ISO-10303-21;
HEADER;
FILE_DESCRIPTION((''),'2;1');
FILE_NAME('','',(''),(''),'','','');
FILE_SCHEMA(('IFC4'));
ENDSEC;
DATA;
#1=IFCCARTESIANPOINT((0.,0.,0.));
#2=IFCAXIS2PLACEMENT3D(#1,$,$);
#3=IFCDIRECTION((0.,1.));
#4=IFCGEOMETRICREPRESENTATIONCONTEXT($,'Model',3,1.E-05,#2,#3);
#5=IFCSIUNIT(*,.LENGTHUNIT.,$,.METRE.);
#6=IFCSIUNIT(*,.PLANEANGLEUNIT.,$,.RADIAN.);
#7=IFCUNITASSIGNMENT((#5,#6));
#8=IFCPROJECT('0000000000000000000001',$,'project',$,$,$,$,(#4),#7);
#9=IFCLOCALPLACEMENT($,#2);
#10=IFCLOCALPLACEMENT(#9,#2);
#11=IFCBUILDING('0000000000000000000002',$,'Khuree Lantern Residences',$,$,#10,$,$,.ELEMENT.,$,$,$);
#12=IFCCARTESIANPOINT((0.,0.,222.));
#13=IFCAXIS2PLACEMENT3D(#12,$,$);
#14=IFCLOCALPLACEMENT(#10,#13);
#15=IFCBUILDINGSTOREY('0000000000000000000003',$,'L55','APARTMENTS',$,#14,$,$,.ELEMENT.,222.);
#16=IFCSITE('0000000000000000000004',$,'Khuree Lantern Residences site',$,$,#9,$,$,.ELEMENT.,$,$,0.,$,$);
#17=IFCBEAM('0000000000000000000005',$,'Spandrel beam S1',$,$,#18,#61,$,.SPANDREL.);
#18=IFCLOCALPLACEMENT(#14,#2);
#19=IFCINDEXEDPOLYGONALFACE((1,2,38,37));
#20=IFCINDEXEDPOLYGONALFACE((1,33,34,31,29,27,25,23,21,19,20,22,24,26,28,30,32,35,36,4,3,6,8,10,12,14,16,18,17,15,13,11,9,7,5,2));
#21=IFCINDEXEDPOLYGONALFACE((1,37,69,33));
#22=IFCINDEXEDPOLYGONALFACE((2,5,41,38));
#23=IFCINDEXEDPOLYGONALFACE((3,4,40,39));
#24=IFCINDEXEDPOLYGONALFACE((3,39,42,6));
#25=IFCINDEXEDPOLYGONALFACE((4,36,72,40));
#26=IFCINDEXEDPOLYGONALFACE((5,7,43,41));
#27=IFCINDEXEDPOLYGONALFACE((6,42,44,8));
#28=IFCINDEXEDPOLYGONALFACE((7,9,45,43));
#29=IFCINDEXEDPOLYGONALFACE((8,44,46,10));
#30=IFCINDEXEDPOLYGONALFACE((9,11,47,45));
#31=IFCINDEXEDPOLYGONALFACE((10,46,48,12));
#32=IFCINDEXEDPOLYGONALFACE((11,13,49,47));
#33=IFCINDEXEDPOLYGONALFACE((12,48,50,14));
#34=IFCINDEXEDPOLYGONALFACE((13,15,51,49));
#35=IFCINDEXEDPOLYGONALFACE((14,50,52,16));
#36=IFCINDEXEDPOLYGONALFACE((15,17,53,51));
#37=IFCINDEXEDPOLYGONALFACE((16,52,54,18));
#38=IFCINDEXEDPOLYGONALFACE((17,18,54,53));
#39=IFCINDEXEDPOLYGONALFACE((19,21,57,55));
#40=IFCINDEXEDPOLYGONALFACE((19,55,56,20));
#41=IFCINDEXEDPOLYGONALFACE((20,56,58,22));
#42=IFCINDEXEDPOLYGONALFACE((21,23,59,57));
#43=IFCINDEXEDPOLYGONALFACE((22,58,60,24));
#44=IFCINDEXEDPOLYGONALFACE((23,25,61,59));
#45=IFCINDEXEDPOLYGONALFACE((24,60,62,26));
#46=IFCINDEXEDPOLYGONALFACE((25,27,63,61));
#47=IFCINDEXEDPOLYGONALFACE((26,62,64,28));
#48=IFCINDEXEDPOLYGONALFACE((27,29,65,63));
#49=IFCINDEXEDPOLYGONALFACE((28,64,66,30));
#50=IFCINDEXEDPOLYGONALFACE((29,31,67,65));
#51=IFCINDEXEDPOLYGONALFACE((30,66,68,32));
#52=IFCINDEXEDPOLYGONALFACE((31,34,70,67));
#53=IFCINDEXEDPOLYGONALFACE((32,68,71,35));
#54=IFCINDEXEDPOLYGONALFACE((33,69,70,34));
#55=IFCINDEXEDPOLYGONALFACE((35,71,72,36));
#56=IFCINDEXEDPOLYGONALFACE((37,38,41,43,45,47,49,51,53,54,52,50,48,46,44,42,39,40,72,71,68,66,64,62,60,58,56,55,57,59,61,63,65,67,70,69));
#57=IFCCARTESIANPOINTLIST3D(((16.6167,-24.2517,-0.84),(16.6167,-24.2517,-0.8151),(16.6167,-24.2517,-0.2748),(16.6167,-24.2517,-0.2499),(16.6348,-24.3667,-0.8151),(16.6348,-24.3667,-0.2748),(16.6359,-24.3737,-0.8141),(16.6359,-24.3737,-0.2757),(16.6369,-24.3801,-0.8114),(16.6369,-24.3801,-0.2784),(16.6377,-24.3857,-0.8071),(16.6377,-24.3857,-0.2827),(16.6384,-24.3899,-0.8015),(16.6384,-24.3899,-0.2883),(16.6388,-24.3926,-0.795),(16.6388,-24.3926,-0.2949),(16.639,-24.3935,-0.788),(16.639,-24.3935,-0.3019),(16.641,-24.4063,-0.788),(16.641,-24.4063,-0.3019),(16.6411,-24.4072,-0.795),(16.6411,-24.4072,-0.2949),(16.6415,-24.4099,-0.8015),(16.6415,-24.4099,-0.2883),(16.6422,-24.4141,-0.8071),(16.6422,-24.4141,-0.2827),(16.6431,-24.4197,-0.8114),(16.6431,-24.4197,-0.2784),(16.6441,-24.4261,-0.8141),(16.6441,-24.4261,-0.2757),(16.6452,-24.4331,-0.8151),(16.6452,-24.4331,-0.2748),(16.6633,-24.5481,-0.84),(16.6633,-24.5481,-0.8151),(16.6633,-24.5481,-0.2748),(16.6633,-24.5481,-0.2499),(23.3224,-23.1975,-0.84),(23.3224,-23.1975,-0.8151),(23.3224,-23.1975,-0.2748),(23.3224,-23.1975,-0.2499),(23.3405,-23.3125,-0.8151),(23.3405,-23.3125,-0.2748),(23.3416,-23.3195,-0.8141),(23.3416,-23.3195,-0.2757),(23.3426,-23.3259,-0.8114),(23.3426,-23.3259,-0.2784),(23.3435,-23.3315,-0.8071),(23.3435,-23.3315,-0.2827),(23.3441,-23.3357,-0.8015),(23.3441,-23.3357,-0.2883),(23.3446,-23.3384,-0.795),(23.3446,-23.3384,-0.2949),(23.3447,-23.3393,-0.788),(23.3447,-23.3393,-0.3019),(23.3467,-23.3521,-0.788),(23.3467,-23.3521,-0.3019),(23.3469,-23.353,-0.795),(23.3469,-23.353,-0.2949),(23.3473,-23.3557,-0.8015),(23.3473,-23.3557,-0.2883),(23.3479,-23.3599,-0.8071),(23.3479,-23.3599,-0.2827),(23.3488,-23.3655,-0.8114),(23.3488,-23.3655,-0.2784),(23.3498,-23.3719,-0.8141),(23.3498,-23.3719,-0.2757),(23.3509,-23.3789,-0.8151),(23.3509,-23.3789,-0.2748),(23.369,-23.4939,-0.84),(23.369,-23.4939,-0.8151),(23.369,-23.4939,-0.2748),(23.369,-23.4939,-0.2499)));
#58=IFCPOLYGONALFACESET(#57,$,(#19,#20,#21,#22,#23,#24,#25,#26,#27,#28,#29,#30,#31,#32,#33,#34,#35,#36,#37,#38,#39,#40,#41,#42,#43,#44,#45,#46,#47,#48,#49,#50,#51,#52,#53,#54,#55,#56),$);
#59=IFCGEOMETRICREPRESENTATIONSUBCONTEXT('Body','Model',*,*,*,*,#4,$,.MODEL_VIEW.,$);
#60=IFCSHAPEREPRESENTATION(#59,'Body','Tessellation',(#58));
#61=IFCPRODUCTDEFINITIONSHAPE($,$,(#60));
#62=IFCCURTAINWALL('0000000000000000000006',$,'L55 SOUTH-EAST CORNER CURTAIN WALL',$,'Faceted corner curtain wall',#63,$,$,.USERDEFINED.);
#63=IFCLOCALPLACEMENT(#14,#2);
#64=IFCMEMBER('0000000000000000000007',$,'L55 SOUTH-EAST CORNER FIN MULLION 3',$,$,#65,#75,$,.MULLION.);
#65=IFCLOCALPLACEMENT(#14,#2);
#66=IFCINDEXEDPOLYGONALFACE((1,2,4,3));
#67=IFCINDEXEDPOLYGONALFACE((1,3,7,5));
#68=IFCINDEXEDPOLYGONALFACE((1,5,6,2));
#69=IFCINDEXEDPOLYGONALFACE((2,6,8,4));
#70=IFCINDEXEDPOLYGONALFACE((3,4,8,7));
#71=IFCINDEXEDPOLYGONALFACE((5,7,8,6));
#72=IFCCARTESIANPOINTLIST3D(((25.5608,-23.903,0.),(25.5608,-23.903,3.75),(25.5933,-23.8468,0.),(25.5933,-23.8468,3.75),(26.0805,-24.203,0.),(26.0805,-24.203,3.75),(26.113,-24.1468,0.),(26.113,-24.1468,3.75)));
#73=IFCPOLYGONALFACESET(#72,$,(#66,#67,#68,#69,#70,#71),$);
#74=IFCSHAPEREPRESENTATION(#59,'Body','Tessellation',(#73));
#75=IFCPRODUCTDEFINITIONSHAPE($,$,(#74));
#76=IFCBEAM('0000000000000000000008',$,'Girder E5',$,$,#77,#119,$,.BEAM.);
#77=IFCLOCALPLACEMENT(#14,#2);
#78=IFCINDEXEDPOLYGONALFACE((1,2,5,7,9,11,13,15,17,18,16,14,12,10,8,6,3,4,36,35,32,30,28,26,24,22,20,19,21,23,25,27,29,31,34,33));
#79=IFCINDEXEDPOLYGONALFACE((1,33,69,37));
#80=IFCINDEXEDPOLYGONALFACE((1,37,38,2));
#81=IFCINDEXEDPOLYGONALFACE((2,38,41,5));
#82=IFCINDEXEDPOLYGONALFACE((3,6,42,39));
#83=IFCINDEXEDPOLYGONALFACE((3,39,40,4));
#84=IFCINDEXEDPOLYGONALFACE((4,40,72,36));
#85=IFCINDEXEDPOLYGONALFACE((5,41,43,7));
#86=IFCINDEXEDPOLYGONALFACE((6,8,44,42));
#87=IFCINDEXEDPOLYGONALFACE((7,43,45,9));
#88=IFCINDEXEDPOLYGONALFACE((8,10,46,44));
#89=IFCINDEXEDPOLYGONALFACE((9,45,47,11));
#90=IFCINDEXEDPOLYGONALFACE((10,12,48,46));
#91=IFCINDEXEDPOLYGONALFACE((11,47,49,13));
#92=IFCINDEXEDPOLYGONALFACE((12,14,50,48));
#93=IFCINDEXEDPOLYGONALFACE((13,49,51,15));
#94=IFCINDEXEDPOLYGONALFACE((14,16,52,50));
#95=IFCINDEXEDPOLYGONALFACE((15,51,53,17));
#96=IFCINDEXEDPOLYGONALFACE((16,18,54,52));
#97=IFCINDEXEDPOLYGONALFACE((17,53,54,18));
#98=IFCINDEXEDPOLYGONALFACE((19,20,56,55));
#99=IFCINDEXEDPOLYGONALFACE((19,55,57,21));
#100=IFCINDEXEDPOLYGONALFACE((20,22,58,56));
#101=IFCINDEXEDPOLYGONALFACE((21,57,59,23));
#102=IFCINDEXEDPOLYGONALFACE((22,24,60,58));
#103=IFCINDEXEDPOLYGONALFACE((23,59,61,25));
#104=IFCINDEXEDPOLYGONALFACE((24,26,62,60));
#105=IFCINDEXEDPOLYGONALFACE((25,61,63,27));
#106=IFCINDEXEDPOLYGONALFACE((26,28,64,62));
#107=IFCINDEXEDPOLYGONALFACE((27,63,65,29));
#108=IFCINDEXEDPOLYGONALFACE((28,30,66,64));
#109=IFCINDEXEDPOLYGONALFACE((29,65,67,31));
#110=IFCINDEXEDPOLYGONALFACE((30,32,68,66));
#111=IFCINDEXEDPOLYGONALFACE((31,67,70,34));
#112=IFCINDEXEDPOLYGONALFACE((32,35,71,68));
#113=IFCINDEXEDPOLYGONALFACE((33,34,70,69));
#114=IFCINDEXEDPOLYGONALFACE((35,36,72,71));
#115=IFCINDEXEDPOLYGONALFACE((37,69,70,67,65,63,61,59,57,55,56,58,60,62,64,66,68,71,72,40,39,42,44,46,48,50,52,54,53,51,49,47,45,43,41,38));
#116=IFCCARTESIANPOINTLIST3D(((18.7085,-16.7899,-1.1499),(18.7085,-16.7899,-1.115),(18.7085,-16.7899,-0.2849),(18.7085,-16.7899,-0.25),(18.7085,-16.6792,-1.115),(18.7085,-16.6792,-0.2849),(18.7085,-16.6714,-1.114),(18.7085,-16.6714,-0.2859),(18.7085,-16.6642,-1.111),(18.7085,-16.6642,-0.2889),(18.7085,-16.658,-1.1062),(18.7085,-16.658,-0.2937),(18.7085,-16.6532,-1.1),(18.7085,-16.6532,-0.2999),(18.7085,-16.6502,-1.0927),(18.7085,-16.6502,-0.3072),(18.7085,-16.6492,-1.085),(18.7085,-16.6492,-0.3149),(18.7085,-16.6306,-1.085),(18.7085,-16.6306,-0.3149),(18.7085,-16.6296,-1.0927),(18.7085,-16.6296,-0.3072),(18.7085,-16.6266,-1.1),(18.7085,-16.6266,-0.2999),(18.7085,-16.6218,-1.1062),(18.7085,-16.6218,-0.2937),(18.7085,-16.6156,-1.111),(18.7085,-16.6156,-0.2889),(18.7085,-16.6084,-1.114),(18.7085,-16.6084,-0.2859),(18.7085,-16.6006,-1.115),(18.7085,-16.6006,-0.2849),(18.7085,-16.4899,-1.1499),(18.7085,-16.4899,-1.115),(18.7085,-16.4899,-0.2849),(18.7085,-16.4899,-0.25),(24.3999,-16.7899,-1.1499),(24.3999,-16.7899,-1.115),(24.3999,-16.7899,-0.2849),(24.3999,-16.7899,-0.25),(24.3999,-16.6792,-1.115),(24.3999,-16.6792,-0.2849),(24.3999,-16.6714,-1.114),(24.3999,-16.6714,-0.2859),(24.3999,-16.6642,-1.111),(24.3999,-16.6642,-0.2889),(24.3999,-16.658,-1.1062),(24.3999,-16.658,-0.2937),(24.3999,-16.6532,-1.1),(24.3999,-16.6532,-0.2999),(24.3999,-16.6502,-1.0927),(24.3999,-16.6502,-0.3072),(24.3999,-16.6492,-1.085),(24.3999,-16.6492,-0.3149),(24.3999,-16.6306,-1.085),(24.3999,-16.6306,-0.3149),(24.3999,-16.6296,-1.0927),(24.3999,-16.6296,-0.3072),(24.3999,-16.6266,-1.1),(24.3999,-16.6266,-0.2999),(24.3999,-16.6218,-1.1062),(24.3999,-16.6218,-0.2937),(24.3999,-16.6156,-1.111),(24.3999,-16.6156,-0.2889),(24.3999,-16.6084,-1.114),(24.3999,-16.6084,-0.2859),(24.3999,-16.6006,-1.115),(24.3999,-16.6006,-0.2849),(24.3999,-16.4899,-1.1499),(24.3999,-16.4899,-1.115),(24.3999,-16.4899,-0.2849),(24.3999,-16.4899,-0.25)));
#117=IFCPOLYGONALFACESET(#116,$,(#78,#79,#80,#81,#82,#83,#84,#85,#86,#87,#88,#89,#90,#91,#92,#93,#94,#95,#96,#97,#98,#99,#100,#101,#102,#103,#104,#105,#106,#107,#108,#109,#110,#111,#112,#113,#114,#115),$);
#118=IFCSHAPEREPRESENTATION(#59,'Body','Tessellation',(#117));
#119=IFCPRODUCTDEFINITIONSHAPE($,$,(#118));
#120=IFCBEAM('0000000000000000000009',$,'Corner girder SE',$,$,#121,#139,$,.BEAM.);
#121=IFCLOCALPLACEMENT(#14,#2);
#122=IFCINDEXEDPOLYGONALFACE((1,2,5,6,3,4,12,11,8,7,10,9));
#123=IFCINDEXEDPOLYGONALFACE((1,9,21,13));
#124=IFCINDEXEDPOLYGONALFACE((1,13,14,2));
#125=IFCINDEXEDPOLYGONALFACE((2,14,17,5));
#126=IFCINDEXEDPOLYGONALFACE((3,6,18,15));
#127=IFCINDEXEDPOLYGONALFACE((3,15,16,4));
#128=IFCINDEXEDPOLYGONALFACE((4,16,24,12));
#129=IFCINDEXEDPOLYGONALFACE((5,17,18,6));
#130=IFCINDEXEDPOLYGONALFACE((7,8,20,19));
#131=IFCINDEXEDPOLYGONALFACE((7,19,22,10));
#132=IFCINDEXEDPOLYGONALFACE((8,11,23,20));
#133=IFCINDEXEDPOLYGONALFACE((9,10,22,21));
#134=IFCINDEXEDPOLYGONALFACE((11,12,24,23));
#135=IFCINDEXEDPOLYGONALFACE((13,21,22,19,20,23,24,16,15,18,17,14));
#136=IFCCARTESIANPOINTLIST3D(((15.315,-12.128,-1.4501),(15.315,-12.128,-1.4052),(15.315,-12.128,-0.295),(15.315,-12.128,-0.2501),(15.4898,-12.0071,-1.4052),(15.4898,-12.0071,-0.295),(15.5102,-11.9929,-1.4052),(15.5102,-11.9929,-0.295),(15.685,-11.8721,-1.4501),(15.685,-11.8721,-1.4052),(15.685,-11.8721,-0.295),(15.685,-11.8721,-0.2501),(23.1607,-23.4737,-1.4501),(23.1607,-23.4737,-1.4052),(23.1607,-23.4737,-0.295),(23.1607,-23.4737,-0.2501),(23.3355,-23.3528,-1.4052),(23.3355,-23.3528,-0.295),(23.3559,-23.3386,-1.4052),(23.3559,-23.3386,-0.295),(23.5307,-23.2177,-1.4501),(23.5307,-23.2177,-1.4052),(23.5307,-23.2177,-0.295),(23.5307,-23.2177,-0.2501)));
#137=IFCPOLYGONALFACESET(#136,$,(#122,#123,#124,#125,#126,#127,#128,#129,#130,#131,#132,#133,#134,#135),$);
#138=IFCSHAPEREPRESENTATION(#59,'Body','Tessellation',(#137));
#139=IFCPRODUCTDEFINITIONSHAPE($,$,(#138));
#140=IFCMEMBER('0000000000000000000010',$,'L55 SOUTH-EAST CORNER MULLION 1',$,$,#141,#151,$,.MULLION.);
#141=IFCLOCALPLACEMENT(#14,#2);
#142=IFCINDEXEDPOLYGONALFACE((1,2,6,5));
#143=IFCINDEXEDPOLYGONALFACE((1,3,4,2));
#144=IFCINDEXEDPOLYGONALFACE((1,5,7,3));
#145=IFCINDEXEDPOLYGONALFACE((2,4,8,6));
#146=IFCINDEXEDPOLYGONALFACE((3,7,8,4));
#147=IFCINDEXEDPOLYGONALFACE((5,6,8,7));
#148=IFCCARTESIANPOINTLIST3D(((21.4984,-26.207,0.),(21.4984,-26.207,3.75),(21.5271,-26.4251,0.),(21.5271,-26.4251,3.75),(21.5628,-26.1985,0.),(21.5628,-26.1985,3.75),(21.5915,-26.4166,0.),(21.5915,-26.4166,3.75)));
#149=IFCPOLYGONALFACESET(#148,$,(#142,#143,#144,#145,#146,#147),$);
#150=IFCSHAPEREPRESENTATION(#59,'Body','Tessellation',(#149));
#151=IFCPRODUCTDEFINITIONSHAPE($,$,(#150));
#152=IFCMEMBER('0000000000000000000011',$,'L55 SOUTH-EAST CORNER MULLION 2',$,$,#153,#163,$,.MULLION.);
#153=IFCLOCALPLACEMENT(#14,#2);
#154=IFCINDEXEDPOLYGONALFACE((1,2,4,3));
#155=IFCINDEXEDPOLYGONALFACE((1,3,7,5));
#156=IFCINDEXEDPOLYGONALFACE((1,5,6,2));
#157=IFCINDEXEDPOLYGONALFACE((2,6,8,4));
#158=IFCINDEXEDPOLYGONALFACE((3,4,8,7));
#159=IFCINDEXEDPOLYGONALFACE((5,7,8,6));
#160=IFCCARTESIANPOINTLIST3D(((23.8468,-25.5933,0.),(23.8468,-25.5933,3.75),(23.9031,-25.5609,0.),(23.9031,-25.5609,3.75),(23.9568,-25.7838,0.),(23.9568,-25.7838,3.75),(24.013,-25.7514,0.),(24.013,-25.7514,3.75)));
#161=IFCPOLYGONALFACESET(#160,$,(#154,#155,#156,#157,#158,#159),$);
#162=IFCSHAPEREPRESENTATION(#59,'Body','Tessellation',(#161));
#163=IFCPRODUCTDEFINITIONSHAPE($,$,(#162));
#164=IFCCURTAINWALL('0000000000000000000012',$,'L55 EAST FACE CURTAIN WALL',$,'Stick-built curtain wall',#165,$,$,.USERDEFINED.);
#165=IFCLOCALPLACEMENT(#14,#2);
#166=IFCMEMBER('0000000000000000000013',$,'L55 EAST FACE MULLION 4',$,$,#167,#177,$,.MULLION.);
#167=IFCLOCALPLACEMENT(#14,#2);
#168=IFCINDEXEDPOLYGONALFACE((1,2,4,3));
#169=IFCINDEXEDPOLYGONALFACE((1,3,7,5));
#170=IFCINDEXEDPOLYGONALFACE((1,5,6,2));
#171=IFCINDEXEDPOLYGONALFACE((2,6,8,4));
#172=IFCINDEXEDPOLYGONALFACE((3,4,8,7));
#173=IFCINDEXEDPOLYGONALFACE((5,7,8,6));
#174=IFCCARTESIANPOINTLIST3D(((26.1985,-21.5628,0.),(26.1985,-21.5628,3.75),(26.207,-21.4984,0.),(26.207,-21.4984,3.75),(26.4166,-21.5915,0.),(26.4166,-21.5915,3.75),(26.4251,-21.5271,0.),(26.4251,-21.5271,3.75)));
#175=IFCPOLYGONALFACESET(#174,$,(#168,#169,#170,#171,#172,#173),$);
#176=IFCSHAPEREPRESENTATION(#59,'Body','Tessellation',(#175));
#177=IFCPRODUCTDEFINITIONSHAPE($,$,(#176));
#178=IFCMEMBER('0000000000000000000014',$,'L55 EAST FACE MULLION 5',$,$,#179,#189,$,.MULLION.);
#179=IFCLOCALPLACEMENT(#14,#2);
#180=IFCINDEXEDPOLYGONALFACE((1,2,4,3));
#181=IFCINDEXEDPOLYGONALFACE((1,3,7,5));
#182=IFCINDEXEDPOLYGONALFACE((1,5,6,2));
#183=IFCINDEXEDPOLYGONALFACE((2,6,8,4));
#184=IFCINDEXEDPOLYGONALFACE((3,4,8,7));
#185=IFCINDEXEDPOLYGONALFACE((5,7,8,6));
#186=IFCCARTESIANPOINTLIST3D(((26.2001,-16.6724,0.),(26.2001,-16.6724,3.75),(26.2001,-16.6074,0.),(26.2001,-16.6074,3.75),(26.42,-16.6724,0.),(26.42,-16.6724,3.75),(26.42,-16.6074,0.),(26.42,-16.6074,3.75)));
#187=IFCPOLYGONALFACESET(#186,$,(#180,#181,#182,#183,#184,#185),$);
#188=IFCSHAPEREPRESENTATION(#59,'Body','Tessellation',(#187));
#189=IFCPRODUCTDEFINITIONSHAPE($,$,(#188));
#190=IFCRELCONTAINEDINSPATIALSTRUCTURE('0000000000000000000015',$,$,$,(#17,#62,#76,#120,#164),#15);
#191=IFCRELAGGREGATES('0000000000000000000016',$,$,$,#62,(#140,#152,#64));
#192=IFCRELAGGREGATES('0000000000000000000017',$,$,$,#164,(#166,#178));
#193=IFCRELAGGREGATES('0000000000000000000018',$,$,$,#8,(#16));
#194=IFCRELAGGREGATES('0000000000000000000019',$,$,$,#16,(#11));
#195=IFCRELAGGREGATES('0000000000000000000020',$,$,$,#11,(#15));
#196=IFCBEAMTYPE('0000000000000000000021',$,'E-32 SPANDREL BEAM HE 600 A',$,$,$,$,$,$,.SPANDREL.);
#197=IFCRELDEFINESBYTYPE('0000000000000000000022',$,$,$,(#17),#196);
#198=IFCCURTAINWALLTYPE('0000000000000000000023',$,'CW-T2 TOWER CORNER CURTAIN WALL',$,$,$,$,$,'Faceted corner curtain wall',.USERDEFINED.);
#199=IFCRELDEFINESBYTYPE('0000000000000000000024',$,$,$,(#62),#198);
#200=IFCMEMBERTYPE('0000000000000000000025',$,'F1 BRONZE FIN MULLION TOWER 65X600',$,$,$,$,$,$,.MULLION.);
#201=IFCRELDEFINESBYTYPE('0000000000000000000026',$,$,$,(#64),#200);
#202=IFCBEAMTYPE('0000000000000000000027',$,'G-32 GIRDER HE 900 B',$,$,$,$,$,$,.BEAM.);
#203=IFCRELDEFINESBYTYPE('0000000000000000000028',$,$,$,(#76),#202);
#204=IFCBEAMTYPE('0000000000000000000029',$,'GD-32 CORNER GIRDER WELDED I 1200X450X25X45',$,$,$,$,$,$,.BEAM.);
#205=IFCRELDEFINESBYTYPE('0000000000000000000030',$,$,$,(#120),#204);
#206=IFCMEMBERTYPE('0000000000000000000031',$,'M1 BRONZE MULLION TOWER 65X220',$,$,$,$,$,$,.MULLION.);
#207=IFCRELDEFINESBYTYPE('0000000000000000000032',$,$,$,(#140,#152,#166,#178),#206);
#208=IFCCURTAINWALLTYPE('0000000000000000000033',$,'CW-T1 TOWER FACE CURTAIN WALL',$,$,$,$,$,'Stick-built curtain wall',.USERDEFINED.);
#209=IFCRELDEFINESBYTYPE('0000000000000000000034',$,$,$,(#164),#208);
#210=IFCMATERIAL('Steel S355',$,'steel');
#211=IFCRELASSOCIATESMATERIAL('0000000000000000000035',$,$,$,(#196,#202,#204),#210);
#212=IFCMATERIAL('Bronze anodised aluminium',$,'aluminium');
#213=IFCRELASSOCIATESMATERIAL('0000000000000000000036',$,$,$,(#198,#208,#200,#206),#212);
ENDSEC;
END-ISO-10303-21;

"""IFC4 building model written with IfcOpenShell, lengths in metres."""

from ifc_helpers import new_model, si_unit, direction, frame, origin, origin_2d, place, context, subcontext, project, spatial, rectangle, i_section, extrude, material, material_profile, profile_set, type_object, element, aggregate, save


model = new_model("IFC4")

# Units and contexts
model_context = context("Model", 3, precision=1e-05, world=origin(), true_north=direction((0.0, 1.0)))
body_context = subcontext(model_context, "Body", "Model", "MODEL_VIEW")
ifc_project = project(units=[si_unit("LENGTHUNIT", "METRE"), si_unit("PLANEANGLEUNIT", "RADIAN")], contexts=[model_context])

# Site, building, storey
site_placement = place(None, origin())
site = spatial("IfcSite", under=ifc_project, at=site_placement, Name="Khuree Lantern Residences site", CompositionType="ELEMENT", RefElevation=0.0)
building_placement = place(site_placement, origin())
building = spatial("IfcBuilding", under=site, at=building_placement, Name="Khuree Lantern Residences", CompositionType="ELEMENT")
storey_placement = place(building_placement, frame((0.0, 0.0, 222.0)))
storey = spatial("IfcBuildingStorey", under=building, at=storey_placement, Name="L55", Description="APARTMENTS", CompositionType="ELEMENT", Elevation=222.0)

# Beam
ifc_material_1 = material(Name="Steel S355", Category="steel")
ifc_material_profile_1 = material_profile(ifc_material_1, i_section(OverallWidth=0.3, OverallDepth=0.5901, WebThickness=0.0129, FlangeThickness=0.0249, FilletRadius=0.0271, at=origin_2d()), Name="HE 600 A")
ifc_profile_set_1 = profile_set([ifc_material_profile_1], Name="Steel S355")
beam_type_1 = type_object("IfcBeamType", Name="E-32 SPANDREL BEAM HE 600 A", PredefinedType="SPANDREL", material=ifc_profile_set_1)
for number, where, z_axis, x_axis, name in (
    (1, (23.3457, -23.3457, -0.5449), (-0.987867, -0.1553, 0.0), (0.1553, -0.987867, 0.0), "Spandrel beam S1"),
):
    element("IfcBeam", number, at=place(storey_placement, frame(where, z_axis=z_axis, x_axis=x_axis)), inside=storey, type_object=beam_type_1, Name=name, PredefinedType="SPANDREL", context=body_context, shape_type="SweptSolid", body=[
        extrude(i_section(OverallWidth=0.3, OverallDepth=0.5901, WebThickness=0.0129, FlangeThickness=0.0249, FilletRadius=0.0271, at=origin_2d()), origin(), (0.0, 0.0, 1.0), 6.7881),
    ])

# Curtain wall, member
ifc_material_2 = material(Name="Bronze anodised aluminium", Category="aluminium")
curtain_wall_type_1 = type_object("IfcCurtainWallType", Name="CW-T2 TOWER CORNER CURTAIN WALL", ElementType="Faceted corner curtain wall", PredefinedType="USERDEFINED", material=ifc_material_2)
curtain_wall_1_placement = place(storey_placement, origin())
curtain_wall_1 = element("IfcCurtainWall", 2, at=curtain_wall_1_placement, inside=storey, type_object=curtain_wall_type_1, Name="L55 SOUTH-EAST CORNER CURTAIN WALL", ObjectType="Faceted corner curtain wall", PredefinedType="USERDEFINED")
ifc_material_profile_2 = material_profile(ifc_material_2, rectangle(XDim=0.0649, YDim=0.6001, at=origin_2d()), Name="F1 65X600")
ifc_profile_set_2 = profile_set([ifc_material_profile_2], Name="Bronze anodised aluminium")
member_type_1 = type_object("IfcMemberType", Name="F1 BRONZE FIN MULLION TOWER 65X600", PredefinedType="MULLION", material=ifc_profile_set_2)
member_1_placement = place(storey_placement, frame((25.8369, -24.0249, 0.0), z_axis=(0.0, 0.0, 1.0), x_axis=(0.5, 0.866025, 0.0)))
member_1 = element("IfcMember", 3, at=member_1_placement, type_object=member_type_1, Name="L55 SOUTH-EAST CORNER FIN MULLION 3", PredefinedType="MULLION", context=body_context, shape_type="SweptSolid", body=[
    extrude(rectangle(XDim=0.0649, YDim=0.6001, at=origin_2d()), origin(), (0.0, 0.0, 1.0), 3.75),
])

# Beams
ifc_material_profile_3 = material_profile(ifc_material_1, i_section(OverallWidth=0.3, OverallDepth=0.8999, WebThickness=0.0186, FlangeThickness=0.0349, FilletRadius=0.03, at=origin_2d()), Name="HE 900 B")
ifc_profile_set_3 = profile_set([ifc_material_profile_3], Name="Steel S355")
beam_type_2 = type_object("IfcBeamType", Name="G-32 GIRDER HE 900 B", PredefinedType="BEAM", material=ifc_profile_set_3)
beam_1_placement = place(storey_placement, frame((24.3999, -16.6399, -0.7), z_axis=(-1.0, 0.0, 0.0), x_axis=(0.0, -1.0, 0.0)))
element("IfcBeam", 4, at=beam_1_placement, inside=storey, type_object=beam_type_2, Name="Girder E5", PredefinedType="BEAM", context=body_context, shape_type="SweptSolid", body=[
    extrude(i_section(OverallWidth=0.3, OverallDepth=0.8999, WebThickness=0.0186, FlangeThickness=0.0349, FilletRadius=0.03, at=origin_2d()), origin(), (0.0, 0.0, 1.0), 5.6914),
])
ifc_material_profile_4 = material_profile(ifc_material_1, i_section(OverallWidth=0.45, OverallDepth=1.2, WebThickness=0.0249, FlangeThickness=0.0449, at=origin_2d()), Name="WELDED I 1200X450X25X45")
ifc_profile_set_4 = profile_set([ifc_material_profile_4], Name="Steel S355")
beam_type_3 = type_object("IfcBeamType", Name="GD-32 CORNER GIRDER WELDED I 1200X450X25X45", PredefinedType="BEAM", material=ifc_profile_set_4)
beam_2_placement = place(storey_placement, frame((23.3457, -23.3457, -0.8501), z_axis=(-0.568768, 0.822498, 0.0), x_axis=(-0.822498, -0.568768, 0.0)))
element("IfcBeam", 5, at=beam_2_placement, inside=storey, type_object=beam_type_3, Name="Corner girder SE", PredefinedType="BEAM", context=body_context, shape_type="SweptSolid", body=[
    extrude(i_section(OverallWidth=0.45, OverallDepth=1.2, WebThickness=0.0249, FlangeThickness=0.0449, at=origin_2d()), origin(), (0.0, 0.0, 1.0), 13.7942),
])

# Members
ifc_material_profile_5 = material_profile(ifc_material_2, rectangle(XDim=0.0649, YDim=0.22, at=origin_2d()), Name="M1 65X220")
ifc_profile_set_5 = profile_set([ifc_material_profile_5], Name="Bronze anodised aluminium")
member_type_2 = type_object("IfcMemberType", Name="M1 BRONZE MULLION TOWER 65X220", PredefinedType="MULLION", material=ifc_profile_set_5)
member_2_placement = place(storey_placement, frame((21.5449, -26.3118, 0.0), z_axis=(0.0, 0.0, 1.0), x_axis=(0.991445, 0.130526, 0.0)))
member_2 = element("IfcMember", 6, at=member_2_placement, type_object=member_type_2, Name="L55 SOUTH-EAST CORNER MULLION 1", PredefinedType="MULLION", context=body_context, shape_type="SweptSolid", body=[
    extrude(rectangle(XDim=0.0649, YDim=0.22, at=origin_2d()), origin(), (0.0, 0.0, 1.0), 3.75),
])
member_3_placement = place(storey_placement, frame((23.9299, -25.6724, 0.0), z_axis=(0.0, 0.0, 1.0), x_axis=(0.866025, 0.5, 0.0)))
member_3 = element("IfcMember", 7, at=member_3_placement, type_object=member_type_2, Name="L55 SOUTH-EAST CORNER MULLION 2", PredefinedType="MULLION", context=body_context, shape_type="SweptSolid", body=[
    extrude(rectangle(XDim=0.0649, YDim=0.22, at=origin_2d()), origin(), (0.0, 0.0, 1.0), 3.75),
])

# Curtain wall, members
curtain_wall_type_2 = type_object("IfcCurtainWallType", Name="CW-T1 TOWER FACE CURTAIN WALL", ElementType="Stick-built curtain wall", PredefinedType="USERDEFINED", material=ifc_material_2)
curtain_wall_2_placement = place(storey_placement, origin())
curtain_wall_2 = element("IfcCurtainWall", 8, at=curtain_wall_2_placement, inside=storey, type_object=curtain_wall_type_2, Name="L55 EAST FACE CURTAIN WALL", ObjectType="Stick-built curtain wall", PredefinedType="USERDEFINED")
member_4_placement = place(storey_placement, frame((26.3118, -21.5449, 0.0), z_axis=(0.0, 0.0, 1.0), x_axis=(0.130526, 0.991445, 0.0)))
member_4 = element("IfcMember", 9, at=member_4_placement, type_object=member_type_2, Name="L55 EAST FACE MULLION 4", PredefinedType="MULLION", context=body_context, shape_type="SweptSolid", body=[
    extrude(rectangle(XDim=0.0649, YDim=0.22, at=origin_2d()), origin(), (0.0, 0.0, 1.0), 3.75),
])
member_5_placement = place(storey_placement, frame((26.3101, -16.6399, 0.0), z_axis=(0.0, 0.0, 1.0), x_axis=(0.0, 1.0, 0.0)))
member_5 = element("IfcMember", 10, at=member_5_placement, type_object=member_type_2, Name="L55 EAST FACE MULLION 5", PredefinedType="MULLION", context=body_context, shape_type="SweptSolid", body=[
    extrude(rectangle(XDim=0.0649, YDim=0.22, at=origin_2d()), origin(), (0.0, 0.0, 1.0), 3.75),
])

aggregate(curtain_wall_1, [member_2, member_3, member_1])
aggregate(curtain_wall_2, [member_4, member_5])

save(model, "model.ifc")
